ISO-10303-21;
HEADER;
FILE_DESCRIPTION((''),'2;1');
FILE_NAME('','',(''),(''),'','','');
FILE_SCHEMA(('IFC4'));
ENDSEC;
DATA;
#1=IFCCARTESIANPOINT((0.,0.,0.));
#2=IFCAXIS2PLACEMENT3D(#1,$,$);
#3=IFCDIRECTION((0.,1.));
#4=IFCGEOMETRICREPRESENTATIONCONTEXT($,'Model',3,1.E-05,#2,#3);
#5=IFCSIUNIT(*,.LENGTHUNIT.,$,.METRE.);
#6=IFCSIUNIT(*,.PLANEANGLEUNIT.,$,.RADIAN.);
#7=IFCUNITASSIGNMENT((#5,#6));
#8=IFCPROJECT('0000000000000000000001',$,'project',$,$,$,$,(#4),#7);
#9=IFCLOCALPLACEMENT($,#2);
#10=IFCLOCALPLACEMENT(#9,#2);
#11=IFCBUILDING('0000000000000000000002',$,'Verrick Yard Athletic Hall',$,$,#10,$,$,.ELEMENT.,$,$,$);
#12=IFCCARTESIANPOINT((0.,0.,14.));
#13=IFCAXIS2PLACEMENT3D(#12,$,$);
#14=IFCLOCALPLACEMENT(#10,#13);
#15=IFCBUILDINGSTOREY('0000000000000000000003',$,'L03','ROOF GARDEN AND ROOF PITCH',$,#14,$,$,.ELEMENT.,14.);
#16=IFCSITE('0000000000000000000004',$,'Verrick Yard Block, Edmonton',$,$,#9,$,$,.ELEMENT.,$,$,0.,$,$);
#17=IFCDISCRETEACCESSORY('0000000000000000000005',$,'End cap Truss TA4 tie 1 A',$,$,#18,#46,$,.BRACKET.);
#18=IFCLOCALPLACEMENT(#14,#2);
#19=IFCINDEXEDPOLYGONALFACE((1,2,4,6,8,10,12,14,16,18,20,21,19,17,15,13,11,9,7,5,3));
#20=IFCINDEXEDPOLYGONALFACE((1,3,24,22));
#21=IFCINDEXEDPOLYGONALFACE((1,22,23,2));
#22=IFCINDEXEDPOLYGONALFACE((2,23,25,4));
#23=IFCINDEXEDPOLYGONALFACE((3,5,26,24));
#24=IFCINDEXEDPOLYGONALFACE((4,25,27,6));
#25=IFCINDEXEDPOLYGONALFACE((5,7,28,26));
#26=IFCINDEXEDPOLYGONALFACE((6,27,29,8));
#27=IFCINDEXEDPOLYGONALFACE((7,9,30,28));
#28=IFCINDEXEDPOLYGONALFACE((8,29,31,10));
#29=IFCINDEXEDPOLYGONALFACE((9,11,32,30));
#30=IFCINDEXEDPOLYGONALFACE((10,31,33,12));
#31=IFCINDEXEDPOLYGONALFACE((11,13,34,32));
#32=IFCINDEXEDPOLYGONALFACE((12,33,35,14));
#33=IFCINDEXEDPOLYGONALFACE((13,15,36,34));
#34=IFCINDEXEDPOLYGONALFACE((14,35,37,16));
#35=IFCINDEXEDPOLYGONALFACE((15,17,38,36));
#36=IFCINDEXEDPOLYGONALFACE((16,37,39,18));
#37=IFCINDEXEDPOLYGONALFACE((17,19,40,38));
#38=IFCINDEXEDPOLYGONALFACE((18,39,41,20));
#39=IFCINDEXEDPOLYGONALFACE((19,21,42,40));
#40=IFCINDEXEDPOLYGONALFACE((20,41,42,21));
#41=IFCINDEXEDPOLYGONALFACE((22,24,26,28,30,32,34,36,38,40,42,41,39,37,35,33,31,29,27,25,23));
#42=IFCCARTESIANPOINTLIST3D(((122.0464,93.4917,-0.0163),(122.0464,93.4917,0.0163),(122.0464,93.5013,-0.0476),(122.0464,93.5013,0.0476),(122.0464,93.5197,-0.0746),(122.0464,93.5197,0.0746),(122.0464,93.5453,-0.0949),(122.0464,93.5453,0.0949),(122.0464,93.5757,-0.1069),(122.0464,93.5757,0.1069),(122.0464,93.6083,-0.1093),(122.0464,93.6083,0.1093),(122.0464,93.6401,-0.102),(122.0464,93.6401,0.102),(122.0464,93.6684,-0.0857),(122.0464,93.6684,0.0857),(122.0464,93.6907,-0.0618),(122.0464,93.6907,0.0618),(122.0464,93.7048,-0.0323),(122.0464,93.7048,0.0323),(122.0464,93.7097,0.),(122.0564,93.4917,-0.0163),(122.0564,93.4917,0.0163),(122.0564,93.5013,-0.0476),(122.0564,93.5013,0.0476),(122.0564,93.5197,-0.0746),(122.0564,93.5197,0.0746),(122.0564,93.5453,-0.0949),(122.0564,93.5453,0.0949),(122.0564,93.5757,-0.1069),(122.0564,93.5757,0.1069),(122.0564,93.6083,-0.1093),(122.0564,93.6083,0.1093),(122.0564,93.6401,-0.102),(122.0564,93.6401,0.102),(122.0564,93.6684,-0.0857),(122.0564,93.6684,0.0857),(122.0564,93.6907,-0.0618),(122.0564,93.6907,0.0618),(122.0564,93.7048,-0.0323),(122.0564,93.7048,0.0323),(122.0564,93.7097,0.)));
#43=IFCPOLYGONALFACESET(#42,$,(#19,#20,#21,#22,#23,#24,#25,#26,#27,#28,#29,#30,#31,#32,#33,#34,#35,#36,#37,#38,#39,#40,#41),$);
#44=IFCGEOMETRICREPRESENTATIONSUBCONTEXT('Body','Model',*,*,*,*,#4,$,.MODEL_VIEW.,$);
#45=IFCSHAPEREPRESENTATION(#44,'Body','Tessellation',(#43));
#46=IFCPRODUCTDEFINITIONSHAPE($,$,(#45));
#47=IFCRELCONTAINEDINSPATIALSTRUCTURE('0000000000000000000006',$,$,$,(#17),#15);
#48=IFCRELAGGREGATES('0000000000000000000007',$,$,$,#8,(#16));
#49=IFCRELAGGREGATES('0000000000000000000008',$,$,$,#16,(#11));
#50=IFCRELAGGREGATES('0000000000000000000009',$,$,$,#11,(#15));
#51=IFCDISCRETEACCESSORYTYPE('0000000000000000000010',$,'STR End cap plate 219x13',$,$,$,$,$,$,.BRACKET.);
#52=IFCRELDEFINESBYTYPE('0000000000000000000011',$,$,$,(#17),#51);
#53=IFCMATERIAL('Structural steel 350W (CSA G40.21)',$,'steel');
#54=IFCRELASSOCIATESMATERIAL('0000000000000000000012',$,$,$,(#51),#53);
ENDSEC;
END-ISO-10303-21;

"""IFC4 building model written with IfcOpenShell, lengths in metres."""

from ifc_helpers import new_model, si_unit, direction, frame, origin, origin_2d, place, context, subcontext, project, spatial, circle, extrude, material, material_profile, profile_set, type_object, element, save


model = new_model("IFC4")

# Units and contexts
model_context = context("Model", 3, precision=1e-05, world=origin(), true_north=direction((0.0, 1.0)))
body_context = subcontext(model_context, "Body", "Model", "MODEL_VIEW")
ifc_project = project(units=[si_unit("LENGTHUNIT", "METRE"), si_unit("PLANEANGLEUNIT", "RADIAN")], contexts=[model_context])

# Site, building, storey
site_placement = place(None, origin())
site = spatial("IfcSite", under=ifc_project, at=site_placement, Name="Verrick Yard Block, Edmonton", CompositionType="ELEMENT", RefElevation=0.0)
building_placement = place(site_placement, origin())
building = spatial("IfcBuilding", under=site, at=building_placement, Name="Verrick Yard Athletic Hall", CompositionType="ELEMENT")
storey_placement = place(building_placement, frame((0.0, 0.0, 14.0)))
storey = spatial("IfcBuildingStorey", under=building, at=storey_placement, Name="L03", Description="ROOF GARDEN AND ROOF PITCH", CompositionType="ELEMENT", Elevation=14.0)

# Discrete accessory
ifc_material_1 = material(Name="Structural steel 350W (CSA G40.21)", Category="steel")
ifc_material_profile_1 = material_profile(ifc_material_1, circle(Radius=0.1096, at=origin_2d()), Name="STR End cap plate 219x13")
ifc_profile_set_1 = profile_set([ifc_material_profile_1], Name="Structural steel 350W (CSA G40.21)")
discrete_accessory_type_1 = type_object("IfcDiscreteAccessoryType", Name="STR End cap plate 219x13", PredefinedType="BRACKET", material=ifc_profile_set_1)
discrete_accessory_1_placement = place(storey_placement, frame((122.0464, 93.6001, 0.0), z_axis=(1.0, 0.0, 0.0), x_axis=(0.0, 1.0, 0.0)))
element("IfcDiscreteAccessory", 1, at=discrete_accessory_1_placement, inside=storey, type_object=discrete_accessory_type_1, Name="End cap Truss TA4 tie 1 A", PredefinedType="BRACKET", context=body_context, shape_type="SweptSolid", body=[
    extrude(circle(Radius=0.1096, at=origin_2d()), origin(), (0.0, 0.0, 1.0), 0.01),
])

save(model, "model.ifc")
